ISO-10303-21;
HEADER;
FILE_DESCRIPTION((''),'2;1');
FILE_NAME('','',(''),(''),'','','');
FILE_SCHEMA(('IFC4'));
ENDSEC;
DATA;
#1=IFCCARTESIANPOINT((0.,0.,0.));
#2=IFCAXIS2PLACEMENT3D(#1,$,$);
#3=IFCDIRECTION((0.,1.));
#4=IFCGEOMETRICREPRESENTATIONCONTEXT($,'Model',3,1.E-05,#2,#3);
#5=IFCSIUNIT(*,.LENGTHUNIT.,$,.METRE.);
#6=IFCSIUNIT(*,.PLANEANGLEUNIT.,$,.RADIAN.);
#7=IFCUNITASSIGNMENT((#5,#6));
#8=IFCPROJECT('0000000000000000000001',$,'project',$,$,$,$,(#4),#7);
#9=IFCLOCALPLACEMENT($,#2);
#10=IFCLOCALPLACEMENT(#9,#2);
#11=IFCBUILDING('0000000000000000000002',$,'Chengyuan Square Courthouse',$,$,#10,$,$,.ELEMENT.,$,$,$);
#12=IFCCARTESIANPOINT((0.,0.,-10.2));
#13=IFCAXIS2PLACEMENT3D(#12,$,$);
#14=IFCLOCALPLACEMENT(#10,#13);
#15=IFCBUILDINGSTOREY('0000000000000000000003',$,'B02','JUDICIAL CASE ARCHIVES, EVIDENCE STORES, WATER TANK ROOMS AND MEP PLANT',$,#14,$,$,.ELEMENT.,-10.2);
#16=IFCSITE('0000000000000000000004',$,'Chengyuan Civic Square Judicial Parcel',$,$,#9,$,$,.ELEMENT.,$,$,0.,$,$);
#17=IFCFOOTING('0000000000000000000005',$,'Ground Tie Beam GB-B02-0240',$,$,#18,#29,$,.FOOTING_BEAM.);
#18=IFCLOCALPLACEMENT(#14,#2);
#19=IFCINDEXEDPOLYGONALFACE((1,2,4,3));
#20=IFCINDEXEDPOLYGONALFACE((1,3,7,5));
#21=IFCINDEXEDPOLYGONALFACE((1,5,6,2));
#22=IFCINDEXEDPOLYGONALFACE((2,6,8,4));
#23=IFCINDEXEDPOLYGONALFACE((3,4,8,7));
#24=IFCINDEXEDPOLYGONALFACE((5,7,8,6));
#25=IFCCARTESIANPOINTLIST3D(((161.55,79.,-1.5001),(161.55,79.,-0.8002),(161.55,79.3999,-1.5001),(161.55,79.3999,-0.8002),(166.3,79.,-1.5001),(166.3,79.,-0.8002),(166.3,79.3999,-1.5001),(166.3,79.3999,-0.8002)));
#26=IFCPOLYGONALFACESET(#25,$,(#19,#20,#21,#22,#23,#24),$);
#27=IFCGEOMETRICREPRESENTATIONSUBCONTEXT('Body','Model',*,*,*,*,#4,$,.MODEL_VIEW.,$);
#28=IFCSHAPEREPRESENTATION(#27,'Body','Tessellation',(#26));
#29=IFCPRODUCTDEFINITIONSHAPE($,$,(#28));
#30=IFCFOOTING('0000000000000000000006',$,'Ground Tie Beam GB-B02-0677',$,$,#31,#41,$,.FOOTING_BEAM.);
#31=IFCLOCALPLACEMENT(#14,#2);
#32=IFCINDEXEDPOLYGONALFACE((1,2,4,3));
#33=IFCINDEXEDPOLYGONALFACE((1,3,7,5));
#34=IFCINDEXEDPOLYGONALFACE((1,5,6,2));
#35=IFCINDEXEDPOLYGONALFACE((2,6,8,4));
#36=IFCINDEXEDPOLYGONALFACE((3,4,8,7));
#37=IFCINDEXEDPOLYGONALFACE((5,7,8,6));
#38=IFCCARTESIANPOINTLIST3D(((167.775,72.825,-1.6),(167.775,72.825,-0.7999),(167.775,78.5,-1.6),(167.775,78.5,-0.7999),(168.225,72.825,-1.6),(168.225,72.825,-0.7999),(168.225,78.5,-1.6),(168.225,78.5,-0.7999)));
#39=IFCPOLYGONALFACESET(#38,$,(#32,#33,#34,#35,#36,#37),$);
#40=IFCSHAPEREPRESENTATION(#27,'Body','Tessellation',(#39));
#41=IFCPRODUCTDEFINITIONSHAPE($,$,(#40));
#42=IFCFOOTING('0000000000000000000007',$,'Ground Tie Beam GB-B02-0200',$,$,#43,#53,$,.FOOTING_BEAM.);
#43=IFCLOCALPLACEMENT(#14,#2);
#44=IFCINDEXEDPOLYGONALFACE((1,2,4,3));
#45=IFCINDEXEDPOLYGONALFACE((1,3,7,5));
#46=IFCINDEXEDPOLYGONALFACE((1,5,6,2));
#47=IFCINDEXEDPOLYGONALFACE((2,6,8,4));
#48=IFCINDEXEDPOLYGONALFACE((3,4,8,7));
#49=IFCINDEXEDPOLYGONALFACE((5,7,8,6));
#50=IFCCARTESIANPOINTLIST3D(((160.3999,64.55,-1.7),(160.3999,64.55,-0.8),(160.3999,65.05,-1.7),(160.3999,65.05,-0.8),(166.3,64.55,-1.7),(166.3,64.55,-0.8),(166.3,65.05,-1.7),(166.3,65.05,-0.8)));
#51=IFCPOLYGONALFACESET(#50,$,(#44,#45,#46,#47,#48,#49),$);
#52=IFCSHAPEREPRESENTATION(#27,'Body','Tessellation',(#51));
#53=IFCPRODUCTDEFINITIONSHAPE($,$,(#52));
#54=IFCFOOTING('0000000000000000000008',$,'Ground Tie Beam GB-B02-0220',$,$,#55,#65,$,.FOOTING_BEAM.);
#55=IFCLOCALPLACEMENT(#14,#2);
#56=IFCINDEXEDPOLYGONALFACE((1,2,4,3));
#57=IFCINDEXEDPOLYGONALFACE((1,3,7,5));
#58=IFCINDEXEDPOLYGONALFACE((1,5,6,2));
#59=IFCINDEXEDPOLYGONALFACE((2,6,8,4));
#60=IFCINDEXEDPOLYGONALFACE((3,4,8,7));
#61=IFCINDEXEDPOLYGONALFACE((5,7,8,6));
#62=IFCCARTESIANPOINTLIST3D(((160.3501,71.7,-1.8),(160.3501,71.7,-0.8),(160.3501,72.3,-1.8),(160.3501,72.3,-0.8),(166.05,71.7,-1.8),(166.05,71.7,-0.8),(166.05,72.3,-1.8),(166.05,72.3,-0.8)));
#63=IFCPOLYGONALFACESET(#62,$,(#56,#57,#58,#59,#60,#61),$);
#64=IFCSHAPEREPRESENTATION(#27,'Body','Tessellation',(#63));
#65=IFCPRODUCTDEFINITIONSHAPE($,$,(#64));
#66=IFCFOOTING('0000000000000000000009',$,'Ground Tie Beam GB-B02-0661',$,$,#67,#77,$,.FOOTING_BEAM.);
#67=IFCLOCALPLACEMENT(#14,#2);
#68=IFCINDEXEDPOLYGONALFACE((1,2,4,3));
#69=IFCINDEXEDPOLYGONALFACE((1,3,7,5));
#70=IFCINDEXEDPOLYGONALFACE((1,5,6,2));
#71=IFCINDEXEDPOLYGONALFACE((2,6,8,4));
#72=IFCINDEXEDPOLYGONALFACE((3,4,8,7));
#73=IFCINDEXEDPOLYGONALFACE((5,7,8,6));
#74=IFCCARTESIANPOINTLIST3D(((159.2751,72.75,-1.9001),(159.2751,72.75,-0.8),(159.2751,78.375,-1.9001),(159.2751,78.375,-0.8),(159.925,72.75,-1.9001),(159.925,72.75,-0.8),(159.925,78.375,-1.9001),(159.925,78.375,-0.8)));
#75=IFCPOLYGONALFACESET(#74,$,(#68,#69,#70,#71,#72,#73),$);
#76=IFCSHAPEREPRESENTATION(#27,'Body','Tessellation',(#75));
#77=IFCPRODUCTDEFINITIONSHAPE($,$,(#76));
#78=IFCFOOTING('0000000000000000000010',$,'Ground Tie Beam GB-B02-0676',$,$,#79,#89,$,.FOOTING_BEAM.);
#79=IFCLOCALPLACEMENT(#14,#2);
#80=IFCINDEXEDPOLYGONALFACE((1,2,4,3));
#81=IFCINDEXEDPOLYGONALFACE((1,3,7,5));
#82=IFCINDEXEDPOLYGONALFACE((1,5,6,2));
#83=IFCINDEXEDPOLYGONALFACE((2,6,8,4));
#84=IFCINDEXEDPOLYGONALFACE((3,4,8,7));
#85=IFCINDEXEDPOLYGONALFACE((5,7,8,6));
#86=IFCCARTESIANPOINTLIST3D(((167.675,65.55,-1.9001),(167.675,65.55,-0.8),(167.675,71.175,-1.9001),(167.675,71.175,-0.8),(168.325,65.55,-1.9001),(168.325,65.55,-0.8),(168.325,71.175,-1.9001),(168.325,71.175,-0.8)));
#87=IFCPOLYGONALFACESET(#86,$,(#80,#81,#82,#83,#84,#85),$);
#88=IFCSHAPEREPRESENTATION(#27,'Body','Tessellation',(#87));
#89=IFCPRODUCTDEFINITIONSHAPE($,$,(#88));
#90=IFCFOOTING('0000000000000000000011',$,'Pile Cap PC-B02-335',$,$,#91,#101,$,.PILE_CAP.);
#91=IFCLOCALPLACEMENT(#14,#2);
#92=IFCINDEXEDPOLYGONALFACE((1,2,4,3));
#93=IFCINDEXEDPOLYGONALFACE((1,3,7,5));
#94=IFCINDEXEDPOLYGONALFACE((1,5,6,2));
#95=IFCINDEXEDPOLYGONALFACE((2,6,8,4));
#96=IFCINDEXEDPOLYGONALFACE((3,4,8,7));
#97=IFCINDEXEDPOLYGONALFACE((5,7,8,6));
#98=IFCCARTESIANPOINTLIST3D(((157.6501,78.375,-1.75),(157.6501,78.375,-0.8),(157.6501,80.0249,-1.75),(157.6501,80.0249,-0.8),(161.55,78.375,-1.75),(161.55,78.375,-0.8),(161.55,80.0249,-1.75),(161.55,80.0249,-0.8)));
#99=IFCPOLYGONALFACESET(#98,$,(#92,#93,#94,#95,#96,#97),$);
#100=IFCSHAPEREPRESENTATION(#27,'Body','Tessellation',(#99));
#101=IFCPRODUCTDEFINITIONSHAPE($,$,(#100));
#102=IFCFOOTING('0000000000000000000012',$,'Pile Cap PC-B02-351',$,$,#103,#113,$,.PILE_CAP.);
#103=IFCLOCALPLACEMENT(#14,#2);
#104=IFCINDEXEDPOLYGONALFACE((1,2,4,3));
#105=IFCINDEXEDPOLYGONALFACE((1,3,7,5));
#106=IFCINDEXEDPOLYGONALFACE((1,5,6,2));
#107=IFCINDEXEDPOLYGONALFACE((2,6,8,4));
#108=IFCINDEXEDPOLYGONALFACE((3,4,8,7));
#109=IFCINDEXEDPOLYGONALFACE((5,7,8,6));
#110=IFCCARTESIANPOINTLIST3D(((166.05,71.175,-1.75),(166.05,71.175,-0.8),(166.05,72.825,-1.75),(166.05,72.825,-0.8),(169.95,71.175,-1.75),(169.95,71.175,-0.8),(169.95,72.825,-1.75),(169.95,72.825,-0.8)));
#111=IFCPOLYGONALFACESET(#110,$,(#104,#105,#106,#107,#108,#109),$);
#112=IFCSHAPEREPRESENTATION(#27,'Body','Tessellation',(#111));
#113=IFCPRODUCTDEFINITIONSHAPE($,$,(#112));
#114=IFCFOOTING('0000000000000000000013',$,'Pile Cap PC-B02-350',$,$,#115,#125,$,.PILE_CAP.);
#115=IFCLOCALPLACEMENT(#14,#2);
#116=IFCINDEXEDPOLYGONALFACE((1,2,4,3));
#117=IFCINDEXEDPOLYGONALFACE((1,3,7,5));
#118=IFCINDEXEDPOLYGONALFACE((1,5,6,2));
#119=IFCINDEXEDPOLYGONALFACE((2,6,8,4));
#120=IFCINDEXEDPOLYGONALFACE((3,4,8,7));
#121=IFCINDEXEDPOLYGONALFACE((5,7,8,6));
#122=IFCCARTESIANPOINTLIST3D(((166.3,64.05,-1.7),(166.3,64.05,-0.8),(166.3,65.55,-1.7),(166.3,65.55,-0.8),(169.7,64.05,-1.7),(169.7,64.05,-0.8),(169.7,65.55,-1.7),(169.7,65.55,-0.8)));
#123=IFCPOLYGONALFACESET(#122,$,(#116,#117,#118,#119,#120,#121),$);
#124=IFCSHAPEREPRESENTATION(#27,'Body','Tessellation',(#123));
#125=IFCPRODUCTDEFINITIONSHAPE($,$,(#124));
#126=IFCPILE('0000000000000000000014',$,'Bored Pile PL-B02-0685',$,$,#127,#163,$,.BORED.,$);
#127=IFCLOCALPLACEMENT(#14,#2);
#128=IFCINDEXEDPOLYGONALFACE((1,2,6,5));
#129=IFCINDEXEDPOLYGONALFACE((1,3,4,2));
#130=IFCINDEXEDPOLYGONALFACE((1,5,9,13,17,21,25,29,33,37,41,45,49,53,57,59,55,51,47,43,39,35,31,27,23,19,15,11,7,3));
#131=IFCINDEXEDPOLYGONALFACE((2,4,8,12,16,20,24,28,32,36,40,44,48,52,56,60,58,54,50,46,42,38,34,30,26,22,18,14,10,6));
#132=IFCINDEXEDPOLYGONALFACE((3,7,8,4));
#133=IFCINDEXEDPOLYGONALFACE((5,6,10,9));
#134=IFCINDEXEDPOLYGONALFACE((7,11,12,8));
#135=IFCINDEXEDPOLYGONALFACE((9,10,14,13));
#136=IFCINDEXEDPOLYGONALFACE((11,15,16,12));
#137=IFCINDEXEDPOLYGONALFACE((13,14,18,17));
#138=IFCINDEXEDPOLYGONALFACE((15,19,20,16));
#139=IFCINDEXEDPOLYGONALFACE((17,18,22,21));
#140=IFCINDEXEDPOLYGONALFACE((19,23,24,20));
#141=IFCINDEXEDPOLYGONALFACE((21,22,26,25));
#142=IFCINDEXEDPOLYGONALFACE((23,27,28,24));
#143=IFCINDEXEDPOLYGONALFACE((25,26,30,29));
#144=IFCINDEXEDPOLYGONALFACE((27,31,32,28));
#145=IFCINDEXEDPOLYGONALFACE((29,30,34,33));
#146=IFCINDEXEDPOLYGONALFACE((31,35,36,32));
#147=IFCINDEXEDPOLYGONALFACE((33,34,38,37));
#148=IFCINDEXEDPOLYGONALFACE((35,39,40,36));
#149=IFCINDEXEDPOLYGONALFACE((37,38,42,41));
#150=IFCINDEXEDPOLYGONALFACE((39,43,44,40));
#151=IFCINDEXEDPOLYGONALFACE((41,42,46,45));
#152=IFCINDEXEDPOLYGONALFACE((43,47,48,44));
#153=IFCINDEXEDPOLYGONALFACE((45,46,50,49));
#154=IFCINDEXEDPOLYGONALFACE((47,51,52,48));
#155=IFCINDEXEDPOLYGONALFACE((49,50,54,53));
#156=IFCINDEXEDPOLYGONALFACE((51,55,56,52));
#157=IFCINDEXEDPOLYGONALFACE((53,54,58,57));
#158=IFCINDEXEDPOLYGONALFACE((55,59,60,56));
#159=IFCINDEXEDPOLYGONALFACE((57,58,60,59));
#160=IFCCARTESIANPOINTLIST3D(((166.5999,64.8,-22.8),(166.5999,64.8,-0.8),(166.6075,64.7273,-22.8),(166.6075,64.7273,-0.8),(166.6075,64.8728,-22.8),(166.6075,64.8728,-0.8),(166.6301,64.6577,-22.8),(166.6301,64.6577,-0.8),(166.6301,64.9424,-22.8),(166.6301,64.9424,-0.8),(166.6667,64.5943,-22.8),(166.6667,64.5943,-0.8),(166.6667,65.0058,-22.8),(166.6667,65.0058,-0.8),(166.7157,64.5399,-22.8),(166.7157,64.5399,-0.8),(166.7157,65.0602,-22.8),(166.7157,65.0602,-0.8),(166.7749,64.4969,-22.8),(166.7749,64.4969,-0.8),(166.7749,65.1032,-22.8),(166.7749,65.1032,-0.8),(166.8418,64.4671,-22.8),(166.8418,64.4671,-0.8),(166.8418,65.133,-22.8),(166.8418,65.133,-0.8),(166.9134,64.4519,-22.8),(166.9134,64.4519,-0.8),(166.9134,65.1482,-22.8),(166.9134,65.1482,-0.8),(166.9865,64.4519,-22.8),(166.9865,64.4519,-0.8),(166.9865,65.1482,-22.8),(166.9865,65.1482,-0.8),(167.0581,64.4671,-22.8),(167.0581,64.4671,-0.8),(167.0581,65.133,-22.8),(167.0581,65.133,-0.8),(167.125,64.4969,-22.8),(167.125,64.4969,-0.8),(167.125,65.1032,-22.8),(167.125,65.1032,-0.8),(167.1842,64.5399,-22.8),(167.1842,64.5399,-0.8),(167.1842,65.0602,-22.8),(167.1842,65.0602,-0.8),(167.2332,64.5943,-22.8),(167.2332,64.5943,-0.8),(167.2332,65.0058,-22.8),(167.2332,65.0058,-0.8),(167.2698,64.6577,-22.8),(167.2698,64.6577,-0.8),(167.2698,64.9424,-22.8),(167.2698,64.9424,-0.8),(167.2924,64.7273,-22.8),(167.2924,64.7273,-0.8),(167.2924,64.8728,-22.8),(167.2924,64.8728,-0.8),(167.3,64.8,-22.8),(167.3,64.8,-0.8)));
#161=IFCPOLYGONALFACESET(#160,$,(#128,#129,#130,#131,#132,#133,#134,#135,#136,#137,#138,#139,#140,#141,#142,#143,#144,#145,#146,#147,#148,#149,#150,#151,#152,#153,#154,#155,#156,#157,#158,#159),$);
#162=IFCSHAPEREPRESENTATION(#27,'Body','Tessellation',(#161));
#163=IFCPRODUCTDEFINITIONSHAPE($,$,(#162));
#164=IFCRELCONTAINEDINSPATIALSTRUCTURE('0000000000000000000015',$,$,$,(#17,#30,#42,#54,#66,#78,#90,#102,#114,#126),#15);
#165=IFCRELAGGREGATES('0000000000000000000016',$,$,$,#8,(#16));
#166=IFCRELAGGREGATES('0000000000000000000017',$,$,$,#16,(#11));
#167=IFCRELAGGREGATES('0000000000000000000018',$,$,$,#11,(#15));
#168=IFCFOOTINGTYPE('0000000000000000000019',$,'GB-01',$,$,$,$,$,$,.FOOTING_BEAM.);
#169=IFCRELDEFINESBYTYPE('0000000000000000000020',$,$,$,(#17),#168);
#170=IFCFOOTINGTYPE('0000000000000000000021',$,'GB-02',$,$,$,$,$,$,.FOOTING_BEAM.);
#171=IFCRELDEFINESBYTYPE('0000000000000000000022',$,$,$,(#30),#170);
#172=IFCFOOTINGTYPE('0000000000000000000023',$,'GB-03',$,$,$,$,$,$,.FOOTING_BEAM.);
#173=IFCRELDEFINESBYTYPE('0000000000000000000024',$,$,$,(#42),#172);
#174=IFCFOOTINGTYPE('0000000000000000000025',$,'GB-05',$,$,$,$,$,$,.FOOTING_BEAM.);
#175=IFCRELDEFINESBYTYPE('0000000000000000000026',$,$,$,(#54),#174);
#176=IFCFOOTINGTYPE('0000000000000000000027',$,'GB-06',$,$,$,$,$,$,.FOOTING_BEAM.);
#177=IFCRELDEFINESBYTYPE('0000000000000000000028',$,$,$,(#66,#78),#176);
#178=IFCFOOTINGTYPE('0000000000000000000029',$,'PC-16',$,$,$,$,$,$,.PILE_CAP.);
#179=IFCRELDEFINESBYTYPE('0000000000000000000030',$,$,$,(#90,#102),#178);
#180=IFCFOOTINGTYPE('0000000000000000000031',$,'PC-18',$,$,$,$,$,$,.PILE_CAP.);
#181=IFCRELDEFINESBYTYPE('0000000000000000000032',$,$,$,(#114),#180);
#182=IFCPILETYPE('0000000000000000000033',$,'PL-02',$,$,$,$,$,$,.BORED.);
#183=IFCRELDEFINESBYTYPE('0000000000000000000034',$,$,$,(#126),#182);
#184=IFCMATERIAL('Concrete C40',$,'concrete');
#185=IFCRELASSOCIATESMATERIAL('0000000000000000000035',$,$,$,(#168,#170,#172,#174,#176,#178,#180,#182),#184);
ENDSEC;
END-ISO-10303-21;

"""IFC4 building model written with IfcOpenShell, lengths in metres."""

from ifc_helpers import new_model, si_unit, direction, frame, origin, origin_2d, place, context, subcontext, project, spatial, rectangle, circle, extrude, material, material_profile, profile_set, type_object, element, save


model = new_model("IFC4")

# Units and contexts
model_context = context("Model", 3, precision=1e-05, world=origin(), true_north=direction((0.0, 1.0)))
body_context = subcontext(model_context, "Body", "Model", "MODEL_VIEW")
ifc_project = project(units=[si_unit("LENGTHUNIT", "METRE"), si_unit("PLANEANGLEUNIT", "RADIAN")], contexts=[model_context])

# Site, building, storey
site_placement = place(None, origin())
site = spatial("IfcSite", under=ifc_project, at=site_placement, Name="Chengyuan Civic Square Judicial Parcel", CompositionType="ELEMENT", RefElevation=0.0)
building_placement = place(site_placement, origin())
building = spatial("IfcBuilding", under=site, at=building_placement, Name="Chengyuan Square Courthouse", CompositionType="ELEMENT")
storey_placement = place(building_placement, frame((0.0, 0.0, -10.2)))
storey = spatial("IfcBuildingStorey", under=building, at=storey_placement, Name="B02", Description="JUDICIAL CASE ARCHIVES, EVIDENCE STORES, WATER TANK ROOMS AND MEP PLANT", CompositionType="ELEMENT", Elevation=-10.2)

# Footings
ifc_material_1 = material(Name="Concrete C40", Category="concrete")
ifc_material_profile_1 = material_profile(ifc_material_1, rectangle(XDim=0.3999, YDim=0.7, at=origin_2d()), Name="GB-400x700")
ifc_profile_set_1 = profile_set([ifc_material_profile_1], Name="Concrete C40")
footing_type_1 = type_object("IfcFootingType", Name="GB-01", PredefinedType="FOOTING_BEAM", material=ifc_profile_set_1)
footing_1_placement = place(storey_placement, frame((161.55, 79.2, -1.1501), z_axis=(1.0, 0.0, 0.0), x_axis=(0.0, 1.0, 0.0)))
element("IfcFooting", 1, at=footing_1_placement, inside=storey, type_object=footing_type_1, Name="Ground Tie Beam GB-B02-0240", PredefinedType="FOOTING_BEAM", context=body_context, shape_type="SweptSolid", body=[
    extrude(rectangle(XDim=0.3999, YDim=0.7, at=origin_2d()), origin(), (0.0, 0.0, 1.0), 4.75),
])
ifc_material_profile_2 = material_profile(ifc_material_1, rectangle(XDim=0.45, YDim=0.8, at=origin_2d()), Name="GB-450x800")
ifc_profile_set_2 = profile_set([ifc_material_profile_2], Name="Concrete C40")
footing_type_2 = type_object("IfcFootingType", Name="GB-02", PredefinedType="FOOTING_BEAM", material=ifc_profile_set_2)
footing_2_placement = place(storey_placement, frame((168.0, 72.825, -1.2), z_axis=(0.0, 1.0, 0.0), x_axis=(-1.0, 0.0, 0.0)))
element("IfcFooting", 2, at=footing_2_placement, inside=storey, type_object=footing_type_2, Name="Ground Tie Beam GB-B02-0677", PredefinedType="FOOTING_BEAM", context=body_context, shape_type="SweptSolid", body=[
    extrude(rectangle(XDim=0.45, YDim=0.8, at=origin_2d()), origin(), (0.0, 0.0, 1.0), 5.675),
])
ifc_material_profile_3 = material_profile(ifc_material_1, rectangle(XDim=0.5, YDim=0.8999, at=origin_2d()), Name="GB-500x900")
ifc_profile_set_3 = profile_set([ifc_material_profile_3], Name="Concrete C40")
footing_type_3 = type_object("IfcFootingType", Name="GB-03", PredefinedType="FOOTING_BEAM", material=ifc_profile_set_3)
footing_3_placement = place(storey_placement, frame((160.3999, 64.8, -1.25), z_axis=(1.0, 0.0, 0.0), x_axis=(0.0, 1.0, 0.0)))
element("IfcFooting", 3, at=footing_3_placement, inside=storey, type_object=footing_type_3, Name="Ground Tie Beam GB-B02-0200", PredefinedType="FOOTING_BEAM", context=body_context, shape_type="SweptSolid", body=[
    extrude(rectangle(XDim=0.5, YDim=0.8999, at=origin_2d()), origin(), (0.0, 0.0, 1.0), 5.9001),
])
ifc_material_profile_4 = material_profile(ifc_material_1, rectangle(XDim=0.6001, YDim=1.0, at=origin_2d()), Name="GB-600x1000")
ifc_profile_set_4 = profile_set([ifc_material_profile_4], Name="Concrete C40")
footing_type_4 = type_object("IfcFootingType", Name="GB-05", PredefinedType="FOOTING_BEAM", material=ifc_profile_set_4)
footing_4_placement = place(storey_placement, frame((160.3501, 72.0, -1.3), z_axis=(1.0, 0.0, 0.0), x_axis=(0.0, 1.0, 0.0)))
element("IfcFooting", 4, at=footing_4_placement, inside=storey, type_object=footing_type_4, Name="Ground Tie Beam GB-B02-0220", PredefinedType="FOOTING_BEAM", context=body_context, shape_type="SweptSolid", body=[
    extrude(rectangle(XDim=0.6001, YDim=1.0, at=origin_2d()), origin(), (0.0, 0.0, 1.0), 5.7),
])
ifc_material_profile_5 = material_profile(ifc_material_1, rectangle(XDim=0.6499, YDim=1.1001, at=origin_2d()), Name="GB-650x1100")
ifc_profile_set_5 = profile_set([ifc_material_profile_5], Name="Concrete C40")
footing_type_5 = type_object("IfcFootingType", Name="GB-06", PredefinedType="FOOTING_BEAM", material=ifc_profile_set_5)
for number, where, z_axis, x_axis, name in (
    (5, (159.6001, 72.75, -1.3501), (0.0, 1.0, 0.0), (-1.0, 0.0, 0.0), "Ground Tie Beam GB-B02-0661"),
    (6, (168.0, 65.55, -1.3501), (0.0, 1.0, 0.0), (-1.0, 0.0, 0.0), "Ground Tie Beam GB-B02-0676"),
):
    element("IfcFooting", number, at=place(storey_placement, frame(where, z_axis=z_axis, x_axis=x_axis)), inside=storey, type_object=footing_type_5, Name=name, PredefinedType="FOOTING_BEAM", context=body_context, shape_type="SweptSolid", body=[
        extrude(rectangle(XDim=0.6499, YDim=1.1001, at=origin_2d()), origin(), (0.0, 0.0, 1.0), 5.625),
    ])
footing_type_6 = type_object("IfcFootingType", Name="PC-16", PredefinedType="PILE_CAP", material=ifc_material_1)
for number, where, z_axis, x_axis, name in (
    (7, (159.6001, 79.2, -1.75), (0.0, 0.0, 1.0), (1.0, 0.0, 0.0), "Pile Cap PC-B02-335"),
    (8, (168.0, 72.0, -1.75), (0.0, 0.0, 1.0), (1.0, 0.0, 0.0), "Pile Cap PC-B02-351"),
):
    element("IfcFooting", number, at=place(storey_placement, frame(where, z_axis=z_axis, x_axis=x_axis)), inside=storey, type_object=footing_type_6, Name=name, PredefinedType="PILE_CAP", context=body_context, shape_type="SweptSolid", body=[
        extrude(rectangle(XDim=3.8999, YDim=1.6499, at=origin_2d()), origin(), (0.0, 0.0, 1.0), 0.95),
    ])
footing_type_7 = type_object("IfcFootingType", Name="PC-18", PredefinedType="PILE_CAP", material=ifc_material_1)
footing_5_placement = place(storey_placement, frame((168.0, 64.8, -1.7), z_axis=(0.0, 0.0, 1.0), x_axis=(1.0, 0.0, 0.0)))
element("IfcFooting", 9, at=footing_5_placement, inside=storey, type_object=footing_type_7, Name="Pile Cap PC-B02-350", PredefinedType="PILE_CAP", context=body_context, shape_type="SweptSolid", body=[
    extrude(rectangle(XDim=3.3999, YDim=1.5, at=origin_2d()), origin(), (0.0, 0.0, 1.0), 0.8999),
])

# Pile
ifc_material_profile_6 = material_profile(ifc_material_1, circle(Radius=0.3501, at=origin_2d()), Name="BORED PILE D700")
ifc_profile_set_6 = profile_set([ifc_material_profile_6], Name="Concrete C40")
pile_type_1 = type_object("IfcPileType", Name="PL-02", PredefinedType="BORED", material=ifc_profile_set_6)
for number, where, z_axis, x_axis, name in (
    (10, (166.95, 64.8, -0.8), (0.0, 0.0, -1.0), (1.0, 0.0, 0.0), "Bored Pile PL-B02-0685"),
):
    element("IfcPile", number, at=place(storey_placement, frame(where, z_axis=z_axis, x_axis=x_axis)), inside=storey, type_object=pile_type_1, Name=name, PredefinedType="BORED", context=body_context, shape_type="SweptSolid", body=[
        extrude(circle(Radius=0.3501, at=origin_2d()), origin(), (0.0, 0.0, 1.0), 22.0),
    ])

save(model, "model.ifc")
